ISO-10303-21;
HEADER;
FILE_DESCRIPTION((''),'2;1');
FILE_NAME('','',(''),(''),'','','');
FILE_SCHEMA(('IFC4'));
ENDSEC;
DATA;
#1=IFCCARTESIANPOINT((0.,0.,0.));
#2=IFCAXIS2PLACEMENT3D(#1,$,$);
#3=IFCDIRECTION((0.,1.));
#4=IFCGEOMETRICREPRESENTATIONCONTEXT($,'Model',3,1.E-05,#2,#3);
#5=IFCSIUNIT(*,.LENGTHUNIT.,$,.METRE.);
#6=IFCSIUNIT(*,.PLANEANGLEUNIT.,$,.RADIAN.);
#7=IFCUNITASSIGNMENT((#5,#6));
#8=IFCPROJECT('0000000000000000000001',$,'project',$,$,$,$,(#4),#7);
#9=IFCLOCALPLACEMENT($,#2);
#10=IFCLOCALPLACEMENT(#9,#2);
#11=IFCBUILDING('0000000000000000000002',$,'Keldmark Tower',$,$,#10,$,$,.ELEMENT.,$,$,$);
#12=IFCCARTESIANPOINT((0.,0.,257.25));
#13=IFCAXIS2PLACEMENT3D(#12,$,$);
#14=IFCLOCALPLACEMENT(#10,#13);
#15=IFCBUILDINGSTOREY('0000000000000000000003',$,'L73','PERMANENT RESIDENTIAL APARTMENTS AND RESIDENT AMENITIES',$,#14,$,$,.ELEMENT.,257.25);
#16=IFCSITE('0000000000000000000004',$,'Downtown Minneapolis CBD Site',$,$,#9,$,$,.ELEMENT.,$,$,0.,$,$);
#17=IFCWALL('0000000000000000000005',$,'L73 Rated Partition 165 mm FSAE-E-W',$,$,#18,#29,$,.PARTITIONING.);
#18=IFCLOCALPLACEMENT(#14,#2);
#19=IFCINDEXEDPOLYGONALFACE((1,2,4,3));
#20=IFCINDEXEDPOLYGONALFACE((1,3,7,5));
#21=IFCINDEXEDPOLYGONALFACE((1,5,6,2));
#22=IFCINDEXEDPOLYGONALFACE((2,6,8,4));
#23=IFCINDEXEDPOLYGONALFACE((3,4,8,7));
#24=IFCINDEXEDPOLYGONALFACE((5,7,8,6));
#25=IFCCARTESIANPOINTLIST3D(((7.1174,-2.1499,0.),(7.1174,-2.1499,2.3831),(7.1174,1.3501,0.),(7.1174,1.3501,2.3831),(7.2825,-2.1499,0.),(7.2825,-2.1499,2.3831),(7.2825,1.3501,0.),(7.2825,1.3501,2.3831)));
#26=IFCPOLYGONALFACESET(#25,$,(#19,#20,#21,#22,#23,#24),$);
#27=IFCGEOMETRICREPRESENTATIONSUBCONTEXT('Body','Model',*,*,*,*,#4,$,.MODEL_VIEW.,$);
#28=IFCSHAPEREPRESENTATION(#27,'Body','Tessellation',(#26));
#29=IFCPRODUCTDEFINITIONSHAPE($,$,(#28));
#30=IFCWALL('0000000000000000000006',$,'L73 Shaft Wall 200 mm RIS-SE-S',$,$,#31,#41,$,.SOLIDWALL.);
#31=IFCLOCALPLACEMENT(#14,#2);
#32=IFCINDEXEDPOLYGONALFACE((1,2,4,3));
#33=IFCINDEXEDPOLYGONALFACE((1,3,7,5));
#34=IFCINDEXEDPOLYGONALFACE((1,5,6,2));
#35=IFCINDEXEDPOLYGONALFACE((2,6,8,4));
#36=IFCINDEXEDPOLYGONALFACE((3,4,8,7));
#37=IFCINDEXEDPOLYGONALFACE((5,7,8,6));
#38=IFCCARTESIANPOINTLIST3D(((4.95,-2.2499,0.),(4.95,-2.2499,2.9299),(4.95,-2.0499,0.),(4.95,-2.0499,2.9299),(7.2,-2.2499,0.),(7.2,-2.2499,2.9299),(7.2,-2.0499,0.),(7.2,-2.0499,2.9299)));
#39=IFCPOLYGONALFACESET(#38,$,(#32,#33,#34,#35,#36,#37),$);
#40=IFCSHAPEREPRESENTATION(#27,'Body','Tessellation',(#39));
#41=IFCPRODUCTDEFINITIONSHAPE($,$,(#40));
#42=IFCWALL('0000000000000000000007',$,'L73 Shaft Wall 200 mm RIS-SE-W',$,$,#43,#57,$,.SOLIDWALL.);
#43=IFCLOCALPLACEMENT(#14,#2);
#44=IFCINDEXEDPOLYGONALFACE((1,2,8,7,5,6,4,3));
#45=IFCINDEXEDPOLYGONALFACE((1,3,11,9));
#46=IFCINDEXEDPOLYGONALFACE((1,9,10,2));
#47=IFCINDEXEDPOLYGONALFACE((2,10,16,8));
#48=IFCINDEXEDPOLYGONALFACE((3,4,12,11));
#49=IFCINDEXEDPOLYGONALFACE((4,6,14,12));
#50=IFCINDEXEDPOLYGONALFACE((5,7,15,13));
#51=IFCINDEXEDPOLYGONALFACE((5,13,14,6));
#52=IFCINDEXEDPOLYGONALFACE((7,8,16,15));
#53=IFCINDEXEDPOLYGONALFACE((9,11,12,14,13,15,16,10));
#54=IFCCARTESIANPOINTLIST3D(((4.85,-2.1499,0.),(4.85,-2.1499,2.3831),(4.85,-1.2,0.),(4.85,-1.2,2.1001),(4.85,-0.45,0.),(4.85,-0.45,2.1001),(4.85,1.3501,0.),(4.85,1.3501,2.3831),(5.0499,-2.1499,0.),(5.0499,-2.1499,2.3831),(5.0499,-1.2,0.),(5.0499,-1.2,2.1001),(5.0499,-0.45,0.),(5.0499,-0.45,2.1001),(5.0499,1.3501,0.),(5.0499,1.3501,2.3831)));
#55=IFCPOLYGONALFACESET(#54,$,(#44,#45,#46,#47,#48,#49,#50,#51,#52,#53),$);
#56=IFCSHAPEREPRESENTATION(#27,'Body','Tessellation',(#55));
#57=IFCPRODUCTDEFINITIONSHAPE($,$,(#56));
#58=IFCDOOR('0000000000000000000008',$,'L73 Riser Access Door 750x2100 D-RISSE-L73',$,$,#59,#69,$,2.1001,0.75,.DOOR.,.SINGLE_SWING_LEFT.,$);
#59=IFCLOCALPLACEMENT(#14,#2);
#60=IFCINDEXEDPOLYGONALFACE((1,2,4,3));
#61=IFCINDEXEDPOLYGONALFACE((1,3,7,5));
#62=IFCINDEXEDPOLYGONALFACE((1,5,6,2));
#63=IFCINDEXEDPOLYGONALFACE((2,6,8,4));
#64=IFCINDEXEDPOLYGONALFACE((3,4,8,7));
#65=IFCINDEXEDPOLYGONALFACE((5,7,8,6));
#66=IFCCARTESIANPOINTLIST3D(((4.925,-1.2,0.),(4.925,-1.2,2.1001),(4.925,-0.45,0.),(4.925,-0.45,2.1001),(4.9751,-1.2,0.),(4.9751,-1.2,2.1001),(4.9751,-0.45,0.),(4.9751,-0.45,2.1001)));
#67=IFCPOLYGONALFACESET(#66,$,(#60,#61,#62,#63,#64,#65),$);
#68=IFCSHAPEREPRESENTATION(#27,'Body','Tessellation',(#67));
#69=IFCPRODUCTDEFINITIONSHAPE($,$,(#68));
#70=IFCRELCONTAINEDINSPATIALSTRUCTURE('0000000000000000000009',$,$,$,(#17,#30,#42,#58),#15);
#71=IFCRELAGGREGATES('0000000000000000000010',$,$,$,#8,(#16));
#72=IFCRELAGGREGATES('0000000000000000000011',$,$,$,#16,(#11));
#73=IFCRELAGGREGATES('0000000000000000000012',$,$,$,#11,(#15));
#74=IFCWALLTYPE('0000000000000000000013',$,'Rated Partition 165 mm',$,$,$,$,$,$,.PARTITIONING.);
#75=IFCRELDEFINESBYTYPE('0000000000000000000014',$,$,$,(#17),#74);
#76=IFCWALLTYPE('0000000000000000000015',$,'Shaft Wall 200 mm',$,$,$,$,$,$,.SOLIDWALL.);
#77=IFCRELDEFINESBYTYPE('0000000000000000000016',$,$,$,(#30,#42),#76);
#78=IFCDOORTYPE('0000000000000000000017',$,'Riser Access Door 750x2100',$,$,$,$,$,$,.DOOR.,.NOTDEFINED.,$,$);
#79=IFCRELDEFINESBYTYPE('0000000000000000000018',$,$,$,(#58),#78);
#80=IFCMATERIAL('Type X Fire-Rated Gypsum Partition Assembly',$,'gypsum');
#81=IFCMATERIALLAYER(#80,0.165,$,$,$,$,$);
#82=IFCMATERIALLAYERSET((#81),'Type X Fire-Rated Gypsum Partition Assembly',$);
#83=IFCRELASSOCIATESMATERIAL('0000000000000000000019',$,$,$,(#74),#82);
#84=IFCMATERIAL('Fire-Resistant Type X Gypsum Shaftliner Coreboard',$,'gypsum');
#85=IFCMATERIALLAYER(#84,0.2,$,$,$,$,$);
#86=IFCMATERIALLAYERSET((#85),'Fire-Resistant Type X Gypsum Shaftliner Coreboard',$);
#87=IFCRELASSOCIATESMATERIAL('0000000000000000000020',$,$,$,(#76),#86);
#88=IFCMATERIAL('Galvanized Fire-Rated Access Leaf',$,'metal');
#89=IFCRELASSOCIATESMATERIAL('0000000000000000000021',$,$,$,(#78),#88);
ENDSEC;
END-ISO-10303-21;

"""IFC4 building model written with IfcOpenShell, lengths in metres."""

from ifc_helpers import new_model, si_unit, direction, frame, frame_2d, origin, place, context, subcontext, project, spatial, rectangle, extrude, material, layer, layer_set, type_object, element, fill, save


model = new_model("IFC4")

# Units and contexts
model_context = context("Model", 3, precision=1e-05, world=origin(), true_north=direction((0.0, 1.0)))
body_context = subcontext(model_context, "Body", "Model", "MODEL_VIEW")
ifc_project = project(units=[si_unit("LENGTHUNIT", "METRE"), si_unit("PLANEANGLEUNIT", "RADIAN")], contexts=[model_context])

# Site, building, storey
site_placement = place(None, origin())
site = spatial("IfcSite", under=ifc_project, at=site_placement, Name="Downtown Minneapolis CBD Site", CompositionType="ELEMENT", RefElevation=0.0)
building_placement = place(site_placement, origin())
building = spatial("IfcBuilding", under=site, at=building_placement, Name="Keldmark Tower", CompositionType="ELEMENT")
storey_placement = place(building_placement, frame((0.0, 0.0, 257.25)))
storey = spatial("IfcBuildingStorey", under=building, at=storey_placement, Name="L73", Description="PERMANENT RESIDENTIAL APARTMENTS AND RESIDENT AMENITIES", CompositionType="ELEMENT", Elevation=257.25)

# Walls
ifc_material_1 = material(Name="Type X Fire-Rated Gypsum Partition Assembly", Category="gypsum")
ifc_layer_1 = layer(ifc_material_1, 0.165)
ifc_layer_set_1 = layer_set([ifc_layer_1], Name="Type X Fire-Rated Gypsum Partition Assembly")
wall_type_1 = type_object("IfcWallType", Name="Rated Partition 165 mm", PredefinedType="PARTITIONING", material=ifc_layer_set_1)
wall_1_placement = place(storey_placement, frame((7.2, -2.1499, 0.0), z_axis=(0.0, 0.0, 1.0), x_axis=(0.0, 1.0, 0.0)))
element("IfcWall", 1, at=wall_1_placement, inside=storey, type_object=wall_type_1, Name="L73 Rated Partition 165 mm FSAE-E-W", PredefinedType="PARTITIONING", context=body_context, shape_type="SweptSolid", body=[
    extrude(rectangle(XDim=3.5, YDim=0.165, at=frame_2d((1.75, 0.0))), origin(), (0.0, 0.0, 1.0), 2.3831),
])
ifc_material_2 = material(Name="Fire-Resistant Type X Gypsum Shaftliner Coreboard", Category="gypsum")
ifc_layer_2 = layer(ifc_material_2, 0.2)
ifc_layer_set_2 = layer_set([ifc_layer_2], Name="Fire-Resistant Type X Gypsum Shaftliner Coreboard")
wall_type_2 = type_object("IfcWallType", Name="Shaft Wall 200 mm", PredefinedType="SOLIDWALL", material=ifc_layer_set_2)
wall_2_placement = place(storey_placement, frame((4.95, -2.1499, 0.0), z_axis=(0.0, 0.0, 1.0), x_axis=(1.0, 0.0, 0.0)))
element("IfcWall", 2, at=wall_2_placement, inside=storey, type_object=wall_type_2, Name="L73 Shaft Wall 200 mm RIS-SE-S", PredefinedType="SOLIDWALL", context=body_context, shape_type="SweptSolid", body=[
    extrude(rectangle(XDim=2.25, YDim=0.2, at=frame_2d((1.125, 0.0))), origin(), (0.0, 0.0, 1.0), 2.9299),
])

# Wall, opening, door
wall_3_placement = place(storey_placement, frame((4.95, -2.1499, 0.0), z_axis=(0.0, 0.0, 1.0), x_axis=(0.0, 1.0, 0.0)))
wall_3 = element("IfcWall", 3, at=wall_3_placement, inside=storey, type_object=wall_type_2, Name="L73 Shaft Wall 200 mm RIS-SE-W", PredefinedType="SOLIDWALL", context=body_context, shape_type="SweptSolid", body=[
    extrude(rectangle(XDim=3.5, YDim=0.2, at=frame_2d((1.75, 0.0))), origin(), (0.0, 0.0, 1.0), 2.3831),
])
opening_placement = place(wall_3_placement, frame((0.95, 0.0, 0.0)))
opening = element("IfcOpeningElement", 4, at=opening_placement, cuts=wall_3, PredefinedType="OPENING", context=body_context, shape_type="SweptSolid", body=[
    extrude(rectangle(XDim=0.75, YDim=2.1001, at=frame_2d((0.375, 1.05))), frame((0.0, 0.1099, 0.0), z_axis=(0.0, -1.0, 0.0), x_axis=(1.0, 0.0, 0.0)), (0.0, 0.0, 1.0), 0.22),
])
ifc_material_3 = material(Name="Galvanized Fire-Rated Access Leaf", Category="metal")
door_type = type_object("IfcDoorType", Name="Riser Access Door 750x2100", OperationType="NOTDEFINED", PredefinedType="DOOR", material=ifc_material_3)
door_placement = place(opening_placement, origin())
door = element("IfcDoor", 5, at=door_placement, inside=storey, type_object=door_type, Name="L73 Riser Access Door 750x2100 D-RISSE-L73", OperationType="SINGLE_SWING_LEFT", OverallHeight=2.1001, OverallWidth=0.75, PredefinedType="DOOR", context=body_context, shape_type="SweptSolid", body=[
    extrude(rectangle(XDim=0.75, YDim=2.1001, at=frame_2d((0.375, 1.05))), frame((0.0, 0.0249, 0.0), z_axis=(0.0, -1.0, 0.0), x_axis=(1.0, 0.0, 0.0)), (0.0, 0.0, 1.0), 0.05),
])
fill(opening, door)

save(model, "model.ifc")
